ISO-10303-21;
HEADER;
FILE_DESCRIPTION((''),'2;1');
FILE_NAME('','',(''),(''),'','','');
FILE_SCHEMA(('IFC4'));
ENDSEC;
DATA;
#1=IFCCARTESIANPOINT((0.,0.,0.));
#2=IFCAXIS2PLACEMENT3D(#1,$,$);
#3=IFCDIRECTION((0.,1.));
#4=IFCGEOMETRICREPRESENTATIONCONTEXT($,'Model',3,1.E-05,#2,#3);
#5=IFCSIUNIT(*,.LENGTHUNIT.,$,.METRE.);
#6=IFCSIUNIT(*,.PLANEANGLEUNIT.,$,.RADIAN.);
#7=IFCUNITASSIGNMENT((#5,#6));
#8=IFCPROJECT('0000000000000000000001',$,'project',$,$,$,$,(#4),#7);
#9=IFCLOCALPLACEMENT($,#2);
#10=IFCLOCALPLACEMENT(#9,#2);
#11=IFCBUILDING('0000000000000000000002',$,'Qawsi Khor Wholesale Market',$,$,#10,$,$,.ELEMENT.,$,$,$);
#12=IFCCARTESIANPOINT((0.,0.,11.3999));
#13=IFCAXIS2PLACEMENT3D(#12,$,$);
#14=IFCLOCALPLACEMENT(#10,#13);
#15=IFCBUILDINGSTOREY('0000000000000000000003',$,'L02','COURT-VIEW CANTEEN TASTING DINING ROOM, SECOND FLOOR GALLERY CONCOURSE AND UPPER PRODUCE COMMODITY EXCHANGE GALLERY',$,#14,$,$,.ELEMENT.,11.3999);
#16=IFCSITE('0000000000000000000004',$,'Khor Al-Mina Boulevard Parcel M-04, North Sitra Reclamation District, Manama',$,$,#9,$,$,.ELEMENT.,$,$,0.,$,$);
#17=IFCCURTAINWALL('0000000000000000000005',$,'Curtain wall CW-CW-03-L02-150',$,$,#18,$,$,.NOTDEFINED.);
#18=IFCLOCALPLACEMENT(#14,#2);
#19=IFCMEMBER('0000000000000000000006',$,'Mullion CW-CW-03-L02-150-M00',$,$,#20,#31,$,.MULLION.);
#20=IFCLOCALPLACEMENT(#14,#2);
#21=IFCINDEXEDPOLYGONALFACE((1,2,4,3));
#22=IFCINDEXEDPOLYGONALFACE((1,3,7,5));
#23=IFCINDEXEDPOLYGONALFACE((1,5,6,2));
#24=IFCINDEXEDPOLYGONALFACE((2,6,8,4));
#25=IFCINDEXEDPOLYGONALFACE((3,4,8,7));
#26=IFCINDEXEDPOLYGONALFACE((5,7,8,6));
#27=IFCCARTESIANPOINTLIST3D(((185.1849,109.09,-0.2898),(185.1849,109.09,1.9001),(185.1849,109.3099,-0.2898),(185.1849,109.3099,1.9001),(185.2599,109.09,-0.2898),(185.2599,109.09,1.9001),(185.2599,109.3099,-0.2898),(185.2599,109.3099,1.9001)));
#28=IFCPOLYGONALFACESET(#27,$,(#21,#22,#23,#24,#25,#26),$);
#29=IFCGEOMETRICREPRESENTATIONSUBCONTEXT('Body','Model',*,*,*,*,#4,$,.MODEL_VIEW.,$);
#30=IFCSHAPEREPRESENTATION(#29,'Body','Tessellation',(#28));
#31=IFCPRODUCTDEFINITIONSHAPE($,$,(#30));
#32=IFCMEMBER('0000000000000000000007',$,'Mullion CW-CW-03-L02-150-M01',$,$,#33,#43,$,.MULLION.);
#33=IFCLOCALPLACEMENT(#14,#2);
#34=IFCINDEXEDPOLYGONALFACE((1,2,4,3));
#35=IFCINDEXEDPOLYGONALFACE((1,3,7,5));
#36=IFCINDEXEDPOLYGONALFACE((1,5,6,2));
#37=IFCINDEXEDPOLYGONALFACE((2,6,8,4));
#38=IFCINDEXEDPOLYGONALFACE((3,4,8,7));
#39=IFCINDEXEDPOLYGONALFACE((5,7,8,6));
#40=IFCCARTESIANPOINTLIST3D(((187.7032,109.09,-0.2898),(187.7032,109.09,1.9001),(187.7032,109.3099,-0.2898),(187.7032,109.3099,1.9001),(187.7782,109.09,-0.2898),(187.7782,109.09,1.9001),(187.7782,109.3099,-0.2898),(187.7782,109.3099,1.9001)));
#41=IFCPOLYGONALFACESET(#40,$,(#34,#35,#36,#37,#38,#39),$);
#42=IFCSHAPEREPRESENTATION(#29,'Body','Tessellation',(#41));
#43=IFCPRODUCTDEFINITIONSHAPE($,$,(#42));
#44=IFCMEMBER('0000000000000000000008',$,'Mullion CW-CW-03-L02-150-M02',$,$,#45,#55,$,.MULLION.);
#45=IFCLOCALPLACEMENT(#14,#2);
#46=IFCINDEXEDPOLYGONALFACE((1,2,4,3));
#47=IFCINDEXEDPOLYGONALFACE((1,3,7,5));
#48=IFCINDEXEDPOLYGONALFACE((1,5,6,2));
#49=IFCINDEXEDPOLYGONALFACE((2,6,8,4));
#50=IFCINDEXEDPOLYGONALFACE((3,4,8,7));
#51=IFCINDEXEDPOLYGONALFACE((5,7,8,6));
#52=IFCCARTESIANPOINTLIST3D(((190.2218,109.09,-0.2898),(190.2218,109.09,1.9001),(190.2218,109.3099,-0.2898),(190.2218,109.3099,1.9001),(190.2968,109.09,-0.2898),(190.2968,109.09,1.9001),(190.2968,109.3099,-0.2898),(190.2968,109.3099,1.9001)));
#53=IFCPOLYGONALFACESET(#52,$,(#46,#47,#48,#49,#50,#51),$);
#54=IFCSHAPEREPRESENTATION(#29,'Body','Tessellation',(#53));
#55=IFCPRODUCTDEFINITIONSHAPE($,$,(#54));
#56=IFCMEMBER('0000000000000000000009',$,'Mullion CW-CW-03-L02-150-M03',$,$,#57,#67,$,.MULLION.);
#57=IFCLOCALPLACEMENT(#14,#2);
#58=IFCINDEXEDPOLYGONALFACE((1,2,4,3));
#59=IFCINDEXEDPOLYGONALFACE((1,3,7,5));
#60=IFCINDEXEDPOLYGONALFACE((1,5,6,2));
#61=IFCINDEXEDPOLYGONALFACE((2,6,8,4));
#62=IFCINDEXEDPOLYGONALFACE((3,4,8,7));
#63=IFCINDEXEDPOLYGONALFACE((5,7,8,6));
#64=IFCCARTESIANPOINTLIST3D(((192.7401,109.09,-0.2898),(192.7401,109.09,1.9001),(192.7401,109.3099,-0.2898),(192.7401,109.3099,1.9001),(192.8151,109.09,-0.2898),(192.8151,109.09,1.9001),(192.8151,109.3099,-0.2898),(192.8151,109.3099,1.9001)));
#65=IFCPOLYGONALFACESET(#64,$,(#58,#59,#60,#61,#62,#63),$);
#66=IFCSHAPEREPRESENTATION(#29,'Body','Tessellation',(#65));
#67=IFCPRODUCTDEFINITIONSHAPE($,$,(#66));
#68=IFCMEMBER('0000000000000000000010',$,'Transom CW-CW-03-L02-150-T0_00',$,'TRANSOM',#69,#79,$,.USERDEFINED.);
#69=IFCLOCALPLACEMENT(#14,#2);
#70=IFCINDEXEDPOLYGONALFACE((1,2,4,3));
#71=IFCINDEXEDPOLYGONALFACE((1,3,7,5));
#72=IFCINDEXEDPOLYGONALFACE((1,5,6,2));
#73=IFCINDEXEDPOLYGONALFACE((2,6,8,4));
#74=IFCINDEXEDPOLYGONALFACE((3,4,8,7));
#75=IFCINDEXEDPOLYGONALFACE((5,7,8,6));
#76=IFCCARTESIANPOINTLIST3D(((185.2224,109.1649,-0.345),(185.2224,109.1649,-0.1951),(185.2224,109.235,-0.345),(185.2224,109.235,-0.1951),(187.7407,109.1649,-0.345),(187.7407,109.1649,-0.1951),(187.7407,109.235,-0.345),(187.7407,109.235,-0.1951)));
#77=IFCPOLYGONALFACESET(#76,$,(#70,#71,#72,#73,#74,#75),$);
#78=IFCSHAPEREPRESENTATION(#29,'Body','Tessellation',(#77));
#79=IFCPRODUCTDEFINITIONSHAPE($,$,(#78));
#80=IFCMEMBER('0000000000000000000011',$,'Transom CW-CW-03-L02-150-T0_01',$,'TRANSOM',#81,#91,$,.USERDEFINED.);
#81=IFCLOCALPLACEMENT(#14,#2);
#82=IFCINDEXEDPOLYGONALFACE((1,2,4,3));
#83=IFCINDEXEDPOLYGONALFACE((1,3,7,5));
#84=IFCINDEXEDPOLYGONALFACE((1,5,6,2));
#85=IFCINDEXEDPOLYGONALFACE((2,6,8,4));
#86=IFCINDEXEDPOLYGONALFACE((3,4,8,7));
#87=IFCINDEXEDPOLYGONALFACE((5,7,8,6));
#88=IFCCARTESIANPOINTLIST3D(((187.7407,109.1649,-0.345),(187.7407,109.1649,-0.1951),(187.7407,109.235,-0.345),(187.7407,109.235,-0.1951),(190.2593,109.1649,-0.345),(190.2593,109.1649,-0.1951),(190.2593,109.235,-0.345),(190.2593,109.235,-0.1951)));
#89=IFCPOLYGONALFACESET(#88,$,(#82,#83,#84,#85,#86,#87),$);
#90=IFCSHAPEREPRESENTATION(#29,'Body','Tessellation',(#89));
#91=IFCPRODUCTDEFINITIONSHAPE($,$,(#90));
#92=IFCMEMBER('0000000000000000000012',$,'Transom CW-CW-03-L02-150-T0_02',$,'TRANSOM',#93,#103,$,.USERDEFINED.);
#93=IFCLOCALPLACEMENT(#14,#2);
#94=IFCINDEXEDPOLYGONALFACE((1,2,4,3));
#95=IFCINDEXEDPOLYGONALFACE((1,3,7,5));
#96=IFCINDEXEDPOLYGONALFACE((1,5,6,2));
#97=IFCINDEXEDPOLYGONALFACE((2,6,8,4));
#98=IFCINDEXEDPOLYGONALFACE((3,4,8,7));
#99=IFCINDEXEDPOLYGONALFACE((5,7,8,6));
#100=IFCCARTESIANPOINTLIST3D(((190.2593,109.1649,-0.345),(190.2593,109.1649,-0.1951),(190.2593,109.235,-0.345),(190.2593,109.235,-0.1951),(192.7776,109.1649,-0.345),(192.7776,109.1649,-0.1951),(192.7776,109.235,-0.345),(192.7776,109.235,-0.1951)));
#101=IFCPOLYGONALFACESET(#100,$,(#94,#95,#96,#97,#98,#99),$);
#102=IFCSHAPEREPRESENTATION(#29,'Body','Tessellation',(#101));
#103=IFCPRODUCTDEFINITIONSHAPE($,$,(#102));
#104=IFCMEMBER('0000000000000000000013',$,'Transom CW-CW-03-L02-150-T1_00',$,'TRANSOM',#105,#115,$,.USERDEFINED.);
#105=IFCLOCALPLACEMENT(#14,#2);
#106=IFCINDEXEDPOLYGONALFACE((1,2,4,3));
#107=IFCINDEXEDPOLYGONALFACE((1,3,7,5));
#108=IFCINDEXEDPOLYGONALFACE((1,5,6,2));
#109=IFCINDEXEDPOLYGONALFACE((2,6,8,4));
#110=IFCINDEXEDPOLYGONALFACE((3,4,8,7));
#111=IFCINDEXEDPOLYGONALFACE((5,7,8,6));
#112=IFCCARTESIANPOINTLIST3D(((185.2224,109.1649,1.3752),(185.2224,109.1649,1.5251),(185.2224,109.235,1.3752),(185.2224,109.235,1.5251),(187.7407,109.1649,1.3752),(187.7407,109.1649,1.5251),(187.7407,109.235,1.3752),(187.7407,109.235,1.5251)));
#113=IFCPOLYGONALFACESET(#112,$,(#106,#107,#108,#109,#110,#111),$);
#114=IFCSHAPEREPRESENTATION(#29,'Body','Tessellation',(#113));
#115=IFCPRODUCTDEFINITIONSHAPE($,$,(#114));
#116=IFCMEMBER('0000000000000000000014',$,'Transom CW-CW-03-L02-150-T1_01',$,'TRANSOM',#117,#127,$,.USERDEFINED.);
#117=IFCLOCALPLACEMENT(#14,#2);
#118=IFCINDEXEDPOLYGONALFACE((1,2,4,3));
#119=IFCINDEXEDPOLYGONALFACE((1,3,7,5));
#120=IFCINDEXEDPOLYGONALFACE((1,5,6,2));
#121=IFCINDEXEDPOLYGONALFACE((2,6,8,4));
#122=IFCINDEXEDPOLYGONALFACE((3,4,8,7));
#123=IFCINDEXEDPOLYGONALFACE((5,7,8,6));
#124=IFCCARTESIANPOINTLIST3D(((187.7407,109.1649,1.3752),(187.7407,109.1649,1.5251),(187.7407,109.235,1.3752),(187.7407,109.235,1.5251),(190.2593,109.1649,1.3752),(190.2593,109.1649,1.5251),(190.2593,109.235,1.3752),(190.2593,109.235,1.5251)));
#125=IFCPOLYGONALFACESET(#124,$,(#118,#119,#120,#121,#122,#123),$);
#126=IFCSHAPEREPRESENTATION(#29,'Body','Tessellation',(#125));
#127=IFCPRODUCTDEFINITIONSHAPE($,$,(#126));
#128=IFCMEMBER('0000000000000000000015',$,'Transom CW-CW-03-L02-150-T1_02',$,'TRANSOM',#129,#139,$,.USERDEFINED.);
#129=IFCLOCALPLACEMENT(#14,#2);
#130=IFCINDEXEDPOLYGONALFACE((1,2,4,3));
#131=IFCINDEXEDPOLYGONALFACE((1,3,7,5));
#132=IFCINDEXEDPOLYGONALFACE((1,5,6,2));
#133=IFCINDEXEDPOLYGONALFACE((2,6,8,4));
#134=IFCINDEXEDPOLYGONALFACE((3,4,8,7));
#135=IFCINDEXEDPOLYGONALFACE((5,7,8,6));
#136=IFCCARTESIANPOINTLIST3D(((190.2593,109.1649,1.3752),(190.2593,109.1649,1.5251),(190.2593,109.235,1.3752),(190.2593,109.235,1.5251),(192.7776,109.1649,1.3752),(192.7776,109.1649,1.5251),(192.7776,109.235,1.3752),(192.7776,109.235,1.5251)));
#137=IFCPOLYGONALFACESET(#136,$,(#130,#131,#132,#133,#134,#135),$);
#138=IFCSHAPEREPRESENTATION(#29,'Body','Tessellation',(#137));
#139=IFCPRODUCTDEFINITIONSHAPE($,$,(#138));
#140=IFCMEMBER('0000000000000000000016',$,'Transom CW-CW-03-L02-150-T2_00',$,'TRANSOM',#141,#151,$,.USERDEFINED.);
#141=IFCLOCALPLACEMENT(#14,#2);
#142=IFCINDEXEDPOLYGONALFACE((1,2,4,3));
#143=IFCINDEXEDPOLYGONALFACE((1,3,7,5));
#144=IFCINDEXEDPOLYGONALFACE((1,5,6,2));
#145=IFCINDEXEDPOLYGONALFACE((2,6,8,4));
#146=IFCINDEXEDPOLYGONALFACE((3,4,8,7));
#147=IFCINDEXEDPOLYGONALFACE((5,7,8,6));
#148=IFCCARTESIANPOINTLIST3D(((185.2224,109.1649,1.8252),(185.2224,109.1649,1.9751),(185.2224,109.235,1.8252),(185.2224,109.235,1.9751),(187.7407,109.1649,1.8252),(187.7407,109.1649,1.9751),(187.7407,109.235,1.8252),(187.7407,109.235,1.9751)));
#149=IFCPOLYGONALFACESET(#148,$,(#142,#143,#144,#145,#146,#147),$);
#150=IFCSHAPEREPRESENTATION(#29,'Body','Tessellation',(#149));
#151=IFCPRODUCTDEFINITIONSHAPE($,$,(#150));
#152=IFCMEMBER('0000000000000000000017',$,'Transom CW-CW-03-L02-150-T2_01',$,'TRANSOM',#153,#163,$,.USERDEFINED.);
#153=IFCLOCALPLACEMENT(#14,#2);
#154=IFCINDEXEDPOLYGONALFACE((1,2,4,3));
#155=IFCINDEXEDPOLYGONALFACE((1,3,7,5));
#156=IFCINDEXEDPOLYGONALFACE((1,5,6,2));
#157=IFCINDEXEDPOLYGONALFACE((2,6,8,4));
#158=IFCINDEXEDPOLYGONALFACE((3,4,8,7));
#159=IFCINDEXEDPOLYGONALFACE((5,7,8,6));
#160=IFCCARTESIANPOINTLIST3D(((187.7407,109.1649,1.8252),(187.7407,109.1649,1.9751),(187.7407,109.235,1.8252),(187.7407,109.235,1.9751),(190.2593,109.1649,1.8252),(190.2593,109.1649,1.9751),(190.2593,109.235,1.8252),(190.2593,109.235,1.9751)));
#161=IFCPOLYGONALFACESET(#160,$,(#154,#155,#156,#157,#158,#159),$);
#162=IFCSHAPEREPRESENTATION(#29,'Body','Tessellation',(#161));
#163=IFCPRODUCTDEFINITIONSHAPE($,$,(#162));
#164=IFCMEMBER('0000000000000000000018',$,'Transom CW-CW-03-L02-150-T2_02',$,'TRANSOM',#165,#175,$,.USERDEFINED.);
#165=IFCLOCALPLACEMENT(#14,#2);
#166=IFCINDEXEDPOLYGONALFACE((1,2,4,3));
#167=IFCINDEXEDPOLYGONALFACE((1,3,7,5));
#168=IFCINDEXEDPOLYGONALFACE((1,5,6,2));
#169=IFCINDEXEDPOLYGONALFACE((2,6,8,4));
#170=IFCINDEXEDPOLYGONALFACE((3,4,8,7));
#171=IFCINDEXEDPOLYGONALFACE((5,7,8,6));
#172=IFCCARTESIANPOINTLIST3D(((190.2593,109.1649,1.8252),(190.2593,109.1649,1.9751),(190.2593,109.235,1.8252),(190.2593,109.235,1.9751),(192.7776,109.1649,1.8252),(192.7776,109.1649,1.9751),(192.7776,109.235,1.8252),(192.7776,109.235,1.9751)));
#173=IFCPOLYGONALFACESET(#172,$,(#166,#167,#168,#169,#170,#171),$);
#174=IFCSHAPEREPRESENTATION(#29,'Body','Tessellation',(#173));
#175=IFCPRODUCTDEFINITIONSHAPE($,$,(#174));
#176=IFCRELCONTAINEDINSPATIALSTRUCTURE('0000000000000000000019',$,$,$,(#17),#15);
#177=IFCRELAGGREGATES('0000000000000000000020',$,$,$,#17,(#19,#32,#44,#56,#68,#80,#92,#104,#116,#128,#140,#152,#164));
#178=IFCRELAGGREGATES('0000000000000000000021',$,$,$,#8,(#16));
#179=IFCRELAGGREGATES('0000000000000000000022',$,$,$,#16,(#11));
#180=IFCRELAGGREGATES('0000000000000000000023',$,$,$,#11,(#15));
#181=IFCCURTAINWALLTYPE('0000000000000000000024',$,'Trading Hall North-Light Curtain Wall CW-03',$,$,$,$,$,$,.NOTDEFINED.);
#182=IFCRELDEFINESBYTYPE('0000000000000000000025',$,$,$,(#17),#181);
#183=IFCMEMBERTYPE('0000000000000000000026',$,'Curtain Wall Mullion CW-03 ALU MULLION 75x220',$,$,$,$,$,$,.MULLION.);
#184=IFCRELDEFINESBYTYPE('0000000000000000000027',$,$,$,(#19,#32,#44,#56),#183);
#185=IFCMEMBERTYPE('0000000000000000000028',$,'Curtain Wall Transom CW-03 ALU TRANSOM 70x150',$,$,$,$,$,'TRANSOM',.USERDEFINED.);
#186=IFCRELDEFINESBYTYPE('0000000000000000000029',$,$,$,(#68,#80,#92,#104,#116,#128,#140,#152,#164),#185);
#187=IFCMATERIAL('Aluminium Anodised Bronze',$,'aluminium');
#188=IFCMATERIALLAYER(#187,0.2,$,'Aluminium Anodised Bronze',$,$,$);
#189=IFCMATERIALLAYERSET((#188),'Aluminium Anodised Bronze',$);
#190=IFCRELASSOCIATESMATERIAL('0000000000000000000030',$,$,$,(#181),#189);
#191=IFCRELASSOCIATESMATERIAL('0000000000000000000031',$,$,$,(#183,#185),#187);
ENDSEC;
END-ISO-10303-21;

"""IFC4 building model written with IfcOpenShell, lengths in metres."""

from ifc_helpers import new_model, si_unit, direction, frame, origin, origin_2d, place, context, subcontext, project, spatial, rectangle, extrude, material, layer, layer_set, material_profile, profile_set, type_object, element, aggregate, save


model = new_model("IFC4")

# Units and contexts
model_context = context("Model", 3, precision=1e-05, world=origin(), true_north=direction((0.0, 1.0)))
body_context = subcontext(model_context, "Body", "Model", "MODEL_VIEW")
ifc_project = project(units=[si_unit("LENGTHUNIT", "METRE"), si_unit("PLANEANGLEUNIT", "RADIAN")], contexts=[model_context])

# Site, building, storey
site_placement = place(None, origin())
site = spatial("IfcSite", under=ifc_project, at=site_placement, Name="Khor Al-Mina Boulevard Parcel M-04, North Sitra Reclamation District, Manama", CompositionType="ELEMENT", RefElevation=0.0)
building_placement = place(site_placement, origin())
building = spatial("IfcBuilding", under=site, at=building_placement, Name="Qawsi Khor Wholesale Market", CompositionType="ELEMENT")
storey_placement = place(building_placement, frame((0.0, 0.0, 11.3999)))
storey = spatial("IfcBuildingStorey", under=building, at=storey_placement, Name="L02", Description="COURT-VIEW CANTEEN TASTING DINING ROOM, SECOND FLOOR GALLERY CONCOURSE AND UPPER PRODUCE COMMODITY EXCHANGE GALLERY", CompositionType="ELEMENT", Elevation=11.3999)

# Curtain wall, members
ifc_material_1 = material(Name="Aluminium Anodised Bronze", Category="aluminium")
ifc_layer_1 = layer(ifc_material_1, 0.2, Name="Aluminium Anodised Bronze")
ifc_layer_set_1 = layer_set([ifc_layer_1], Name="Aluminium Anodised Bronze")
curtain_wall_type = type_object("IfcCurtainWallType", Name="Trading Hall North-Light Curtain Wall CW-03", PredefinedType="NOTDEFINED", material=ifc_layer_set_1)
curtain_wall_placement = place(storey_placement, origin())
curtain_wall = element("IfcCurtainWall", 1, at=curtain_wall_placement, inside=storey, type_object=curtain_wall_type, Name="Curtain wall CW-CW-03-L02-150", PredefinedType="NOTDEFINED")
ifc_material_profile_1 = material_profile(ifc_material_1, rectangle(XDim=0.075, YDim=0.22, at=origin_2d()), Name="ALU MULLION 75x220")
ifc_profile_set_1 = profile_set([ifc_material_profile_1], Name="Aluminium Anodised Bronze")
member_type_1 = type_object("IfcMemberType", Name="Curtain Wall Mullion CW-03 ALU MULLION 75x220", PredefinedType="MULLION", material=ifc_profile_set_1)
member_1_placement = place(storey_placement, frame((185.2224, 109.2, -0.2898), z_axis=(0.0, 0.0, 1.0), x_axis=(1.0, 0.0, 0.0)))
member_1 = element("IfcMember", 2, at=member_1_placement, type_object=member_type_1, Name="Mullion CW-CW-03-L02-150-M00", PredefinedType="MULLION", context=body_context, shape_type="SweptSolid", body=[
    extrude(rectangle(XDim=0.075, YDim=0.22, at=origin_2d()), origin(), (0.0, 0.0, 1.0), 2.1899),
])
member_2_placement = place(storey_placement, frame((187.7407, 109.2, -0.2898), z_axis=(0.0, 0.0, 1.0), x_axis=(1.0, 0.0, 0.0)))
member_2 = element("IfcMember", 3, at=member_2_placement, type_object=member_type_1, Name="Mullion CW-CW-03-L02-150-M01", PredefinedType="MULLION", context=body_context, shape_type="SweptSolid", body=[
    extrude(rectangle(XDim=0.075, YDim=0.22, at=origin_2d()), origin(), (0.0, 0.0, 1.0), 2.1899),
])
member_3_placement = place(storey_placement, frame((190.2593, 109.2, -0.2898), z_axis=(0.0, 0.0, 1.0), x_axis=(1.0, 0.0, 0.0)))
member_3 = element("IfcMember", 4, at=member_3_placement, type_object=member_type_1, Name="Mullion CW-CW-03-L02-150-M02", PredefinedType="MULLION", context=body_context, shape_type="SweptSolid", body=[
    extrude(rectangle(XDim=0.075, YDim=0.22, at=origin_2d()), origin(), (0.0, 0.0, 1.0), 2.1899),
])
member_4_placement = place(storey_placement, frame((192.7776, 109.2, -0.2898), z_axis=(0.0, 0.0, 1.0), x_axis=(1.0, 0.0, 0.0)))
member_4 = element("IfcMember", 5, at=member_4_placement, type_object=member_type_1, Name="Mullion CW-CW-03-L02-150-M03", PredefinedType="MULLION", context=body_context, shape_type="SweptSolid", body=[
    extrude(rectangle(XDim=0.075, YDim=0.22, at=origin_2d()), origin(), (0.0, 0.0, 1.0), 2.1899),
])
ifc_material_profile_2 = material_profile(ifc_material_1, rectangle(XDim=0.0701, YDim=0.1499, at=origin_2d()), Name="ALU TRANSOM 70x150")
ifc_profile_set_2 = profile_set([ifc_material_profile_2], Name="Aluminium Anodised Bronze")
member_type_2 = type_object("IfcMemberType", Name="Curtain Wall Transom CW-03 ALU TRANSOM 70x150", ElementType="TRANSOM", PredefinedType="USERDEFINED", material=ifc_profile_set_2)
member_5_placement = place(storey_placement, frame((185.2224, 109.2, -0.27), z_axis=(1.0, 0.0, 0.0), x_axis=(0.0, 1.0, 0.0)))
member_5 = element("IfcMember", 6, at=member_5_placement, type_object=member_type_2, Name="Transom CW-CW-03-L02-150-T0_00", ObjectType="TRANSOM", PredefinedType="USERDEFINED", context=body_context, shape_type="SweptSolid", body=[
    extrude(rectangle(XDim=0.0701, YDim=0.1499, at=origin_2d()), origin(), (0.0, 0.0, 1.0), 2.5183),
])
member_6_placement = place(storey_placement, frame((187.7407, 109.2, -0.27), z_axis=(1.0, 0.0, 0.0), x_axis=(0.0, 1.0, 0.0)))
member_6 = element("IfcMember", 7, at=member_6_placement, type_object=member_type_2, Name="Transom CW-CW-03-L02-150-T0_01", ObjectType="TRANSOM", PredefinedType="USERDEFINED", context=body_context, shape_type="SweptSolid", body=[
    extrude(rectangle(XDim=0.0701, YDim=0.1499, at=origin_2d()), origin(), (0.0, 0.0, 1.0), 2.5186),
])
member_7_placement = place(storey_placement, frame((190.2593, 109.2, -0.27), z_axis=(1.0, 0.0, 0.0), x_axis=(0.0, 1.0, 0.0)))
member_7 = element("IfcMember", 8, at=member_7_placement, type_object=member_type_2, Name="Transom CW-CW-03-L02-150-T0_02", ObjectType="TRANSOM", PredefinedType="USERDEFINED", context=body_context, shape_type="SweptSolid", body=[
    extrude(rectangle(XDim=0.0701, YDim=0.1499, at=origin_2d()), origin(), (0.0, 0.0, 1.0), 2.5183),
])
member_8_placement = place(storey_placement, frame((185.2224, 109.2, 1.4502), z_axis=(1.0, 0.0, 0.0), x_axis=(0.0, 1.0, 0.0)))
member_8 = element("IfcMember", 9, at=member_8_placement, type_object=member_type_2, Name="Transom CW-CW-03-L02-150-T1_00", ObjectType="TRANSOM", PredefinedType="USERDEFINED", context=body_context, shape_type="SweptSolid", body=[
    extrude(rectangle(XDim=0.0701, YDim=0.1499, at=origin_2d()), origin(), (0.0, 0.0, 1.0), 2.5183),
])
member_9_placement = place(storey_placement, frame((187.7407, 109.2, 1.4502), z_axis=(1.0, 0.0, 0.0), x_axis=(0.0, 1.0, 0.0)))
member_9 = element("IfcMember", 10, at=member_9_placement, type_object=member_type_2, Name="Transom CW-CW-03-L02-150-T1_01", ObjectType="TRANSOM", PredefinedType="USERDEFINED", context=body_context, shape_type="SweptSolid", body=[
    extrude(rectangle(XDim=0.0701, YDim=0.1499, at=origin_2d()), origin(), (0.0, 0.0, 1.0), 2.5186),
])
member_10_placement = place(storey_placement, frame((190.2593, 109.2, 1.4502), z_axis=(1.0, 0.0, 0.0), x_axis=(0.0, 1.0, 0.0)))
member_10 = element("IfcMember", 11, at=member_10_placement, type_object=member_type_2, Name="Transom CW-CW-03-L02-150-T1_02", ObjectType="TRANSOM", PredefinedType="USERDEFINED", context=body_context, shape_type="SweptSolid", body=[
    extrude(rectangle(XDim=0.0701, YDim=0.1499, at=origin_2d()), origin(), (0.0, 0.0, 1.0), 2.5183),
])
member_11_placement = place(storey_placement, frame((185.2224, 109.2, 1.9001), z_axis=(1.0, 0.0, 0.0), x_axis=(0.0, 1.0, 0.0)))
member_11 = element("IfcMember", 12, at=member_11_placement, type_object=member_type_2, Name="Transom CW-CW-03-L02-150-T2_00", ObjectType="TRANSOM", PredefinedType="USERDEFINED", context=body_context, shape_type="SweptSolid", body=[
    extrude(rectangle(XDim=0.0701, YDim=0.1499, at=origin_2d()), origin(), (0.0, 0.0, 1.0), 2.5183),
])
member_12_placement = place(storey_placement, frame((187.7407, 109.2, 1.9001), z_axis=(1.0, 0.0, 0.0), x_axis=(0.0, 1.0, 0.0)))
member_12 = element("IfcMember", 13, at=member_12_placement, type_object=member_type_2, Name="Transom CW-CW-03-L02-150-T2_01", ObjectType="TRANSOM", PredefinedType="USERDEFINED", context=body_context, shape_type="SweptSolid", body=[
    extrude(rectangle(XDim=0.0701, YDim=0.1499, at=origin_2d()), origin(), (0.0, 0.0, 1.0), 2.5186),
])
member_13_placement = place(storey_placement, frame((190.2593, 109.2, 1.9001), z_axis=(1.0, 0.0, 0.0), x_axis=(0.0, 1.0, 0.0)))
member_13 = element("IfcMember", 14, at=member_13_placement, type_object=member_type_2, Name="Transom CW-CW-03-L02-150-T2_02", ObjectType="TRANSOM", PredefinedType="USERDEFINED", context=body_context, shape_type="SweptSolid", body=[
    extrude(rectangle(XDim=0.0701, YDim=0.1499, at=origin_2d()), origin(), (0.0, 0.0, 1.0), 2.5183),
])

aggregate(curtain_wall, [member_1, member_2, member_3, member_4, member_5, member_6, member_7, member_8, member_9, member_10, member_11, member_12, member_13])

save(model, "model.ifc")
